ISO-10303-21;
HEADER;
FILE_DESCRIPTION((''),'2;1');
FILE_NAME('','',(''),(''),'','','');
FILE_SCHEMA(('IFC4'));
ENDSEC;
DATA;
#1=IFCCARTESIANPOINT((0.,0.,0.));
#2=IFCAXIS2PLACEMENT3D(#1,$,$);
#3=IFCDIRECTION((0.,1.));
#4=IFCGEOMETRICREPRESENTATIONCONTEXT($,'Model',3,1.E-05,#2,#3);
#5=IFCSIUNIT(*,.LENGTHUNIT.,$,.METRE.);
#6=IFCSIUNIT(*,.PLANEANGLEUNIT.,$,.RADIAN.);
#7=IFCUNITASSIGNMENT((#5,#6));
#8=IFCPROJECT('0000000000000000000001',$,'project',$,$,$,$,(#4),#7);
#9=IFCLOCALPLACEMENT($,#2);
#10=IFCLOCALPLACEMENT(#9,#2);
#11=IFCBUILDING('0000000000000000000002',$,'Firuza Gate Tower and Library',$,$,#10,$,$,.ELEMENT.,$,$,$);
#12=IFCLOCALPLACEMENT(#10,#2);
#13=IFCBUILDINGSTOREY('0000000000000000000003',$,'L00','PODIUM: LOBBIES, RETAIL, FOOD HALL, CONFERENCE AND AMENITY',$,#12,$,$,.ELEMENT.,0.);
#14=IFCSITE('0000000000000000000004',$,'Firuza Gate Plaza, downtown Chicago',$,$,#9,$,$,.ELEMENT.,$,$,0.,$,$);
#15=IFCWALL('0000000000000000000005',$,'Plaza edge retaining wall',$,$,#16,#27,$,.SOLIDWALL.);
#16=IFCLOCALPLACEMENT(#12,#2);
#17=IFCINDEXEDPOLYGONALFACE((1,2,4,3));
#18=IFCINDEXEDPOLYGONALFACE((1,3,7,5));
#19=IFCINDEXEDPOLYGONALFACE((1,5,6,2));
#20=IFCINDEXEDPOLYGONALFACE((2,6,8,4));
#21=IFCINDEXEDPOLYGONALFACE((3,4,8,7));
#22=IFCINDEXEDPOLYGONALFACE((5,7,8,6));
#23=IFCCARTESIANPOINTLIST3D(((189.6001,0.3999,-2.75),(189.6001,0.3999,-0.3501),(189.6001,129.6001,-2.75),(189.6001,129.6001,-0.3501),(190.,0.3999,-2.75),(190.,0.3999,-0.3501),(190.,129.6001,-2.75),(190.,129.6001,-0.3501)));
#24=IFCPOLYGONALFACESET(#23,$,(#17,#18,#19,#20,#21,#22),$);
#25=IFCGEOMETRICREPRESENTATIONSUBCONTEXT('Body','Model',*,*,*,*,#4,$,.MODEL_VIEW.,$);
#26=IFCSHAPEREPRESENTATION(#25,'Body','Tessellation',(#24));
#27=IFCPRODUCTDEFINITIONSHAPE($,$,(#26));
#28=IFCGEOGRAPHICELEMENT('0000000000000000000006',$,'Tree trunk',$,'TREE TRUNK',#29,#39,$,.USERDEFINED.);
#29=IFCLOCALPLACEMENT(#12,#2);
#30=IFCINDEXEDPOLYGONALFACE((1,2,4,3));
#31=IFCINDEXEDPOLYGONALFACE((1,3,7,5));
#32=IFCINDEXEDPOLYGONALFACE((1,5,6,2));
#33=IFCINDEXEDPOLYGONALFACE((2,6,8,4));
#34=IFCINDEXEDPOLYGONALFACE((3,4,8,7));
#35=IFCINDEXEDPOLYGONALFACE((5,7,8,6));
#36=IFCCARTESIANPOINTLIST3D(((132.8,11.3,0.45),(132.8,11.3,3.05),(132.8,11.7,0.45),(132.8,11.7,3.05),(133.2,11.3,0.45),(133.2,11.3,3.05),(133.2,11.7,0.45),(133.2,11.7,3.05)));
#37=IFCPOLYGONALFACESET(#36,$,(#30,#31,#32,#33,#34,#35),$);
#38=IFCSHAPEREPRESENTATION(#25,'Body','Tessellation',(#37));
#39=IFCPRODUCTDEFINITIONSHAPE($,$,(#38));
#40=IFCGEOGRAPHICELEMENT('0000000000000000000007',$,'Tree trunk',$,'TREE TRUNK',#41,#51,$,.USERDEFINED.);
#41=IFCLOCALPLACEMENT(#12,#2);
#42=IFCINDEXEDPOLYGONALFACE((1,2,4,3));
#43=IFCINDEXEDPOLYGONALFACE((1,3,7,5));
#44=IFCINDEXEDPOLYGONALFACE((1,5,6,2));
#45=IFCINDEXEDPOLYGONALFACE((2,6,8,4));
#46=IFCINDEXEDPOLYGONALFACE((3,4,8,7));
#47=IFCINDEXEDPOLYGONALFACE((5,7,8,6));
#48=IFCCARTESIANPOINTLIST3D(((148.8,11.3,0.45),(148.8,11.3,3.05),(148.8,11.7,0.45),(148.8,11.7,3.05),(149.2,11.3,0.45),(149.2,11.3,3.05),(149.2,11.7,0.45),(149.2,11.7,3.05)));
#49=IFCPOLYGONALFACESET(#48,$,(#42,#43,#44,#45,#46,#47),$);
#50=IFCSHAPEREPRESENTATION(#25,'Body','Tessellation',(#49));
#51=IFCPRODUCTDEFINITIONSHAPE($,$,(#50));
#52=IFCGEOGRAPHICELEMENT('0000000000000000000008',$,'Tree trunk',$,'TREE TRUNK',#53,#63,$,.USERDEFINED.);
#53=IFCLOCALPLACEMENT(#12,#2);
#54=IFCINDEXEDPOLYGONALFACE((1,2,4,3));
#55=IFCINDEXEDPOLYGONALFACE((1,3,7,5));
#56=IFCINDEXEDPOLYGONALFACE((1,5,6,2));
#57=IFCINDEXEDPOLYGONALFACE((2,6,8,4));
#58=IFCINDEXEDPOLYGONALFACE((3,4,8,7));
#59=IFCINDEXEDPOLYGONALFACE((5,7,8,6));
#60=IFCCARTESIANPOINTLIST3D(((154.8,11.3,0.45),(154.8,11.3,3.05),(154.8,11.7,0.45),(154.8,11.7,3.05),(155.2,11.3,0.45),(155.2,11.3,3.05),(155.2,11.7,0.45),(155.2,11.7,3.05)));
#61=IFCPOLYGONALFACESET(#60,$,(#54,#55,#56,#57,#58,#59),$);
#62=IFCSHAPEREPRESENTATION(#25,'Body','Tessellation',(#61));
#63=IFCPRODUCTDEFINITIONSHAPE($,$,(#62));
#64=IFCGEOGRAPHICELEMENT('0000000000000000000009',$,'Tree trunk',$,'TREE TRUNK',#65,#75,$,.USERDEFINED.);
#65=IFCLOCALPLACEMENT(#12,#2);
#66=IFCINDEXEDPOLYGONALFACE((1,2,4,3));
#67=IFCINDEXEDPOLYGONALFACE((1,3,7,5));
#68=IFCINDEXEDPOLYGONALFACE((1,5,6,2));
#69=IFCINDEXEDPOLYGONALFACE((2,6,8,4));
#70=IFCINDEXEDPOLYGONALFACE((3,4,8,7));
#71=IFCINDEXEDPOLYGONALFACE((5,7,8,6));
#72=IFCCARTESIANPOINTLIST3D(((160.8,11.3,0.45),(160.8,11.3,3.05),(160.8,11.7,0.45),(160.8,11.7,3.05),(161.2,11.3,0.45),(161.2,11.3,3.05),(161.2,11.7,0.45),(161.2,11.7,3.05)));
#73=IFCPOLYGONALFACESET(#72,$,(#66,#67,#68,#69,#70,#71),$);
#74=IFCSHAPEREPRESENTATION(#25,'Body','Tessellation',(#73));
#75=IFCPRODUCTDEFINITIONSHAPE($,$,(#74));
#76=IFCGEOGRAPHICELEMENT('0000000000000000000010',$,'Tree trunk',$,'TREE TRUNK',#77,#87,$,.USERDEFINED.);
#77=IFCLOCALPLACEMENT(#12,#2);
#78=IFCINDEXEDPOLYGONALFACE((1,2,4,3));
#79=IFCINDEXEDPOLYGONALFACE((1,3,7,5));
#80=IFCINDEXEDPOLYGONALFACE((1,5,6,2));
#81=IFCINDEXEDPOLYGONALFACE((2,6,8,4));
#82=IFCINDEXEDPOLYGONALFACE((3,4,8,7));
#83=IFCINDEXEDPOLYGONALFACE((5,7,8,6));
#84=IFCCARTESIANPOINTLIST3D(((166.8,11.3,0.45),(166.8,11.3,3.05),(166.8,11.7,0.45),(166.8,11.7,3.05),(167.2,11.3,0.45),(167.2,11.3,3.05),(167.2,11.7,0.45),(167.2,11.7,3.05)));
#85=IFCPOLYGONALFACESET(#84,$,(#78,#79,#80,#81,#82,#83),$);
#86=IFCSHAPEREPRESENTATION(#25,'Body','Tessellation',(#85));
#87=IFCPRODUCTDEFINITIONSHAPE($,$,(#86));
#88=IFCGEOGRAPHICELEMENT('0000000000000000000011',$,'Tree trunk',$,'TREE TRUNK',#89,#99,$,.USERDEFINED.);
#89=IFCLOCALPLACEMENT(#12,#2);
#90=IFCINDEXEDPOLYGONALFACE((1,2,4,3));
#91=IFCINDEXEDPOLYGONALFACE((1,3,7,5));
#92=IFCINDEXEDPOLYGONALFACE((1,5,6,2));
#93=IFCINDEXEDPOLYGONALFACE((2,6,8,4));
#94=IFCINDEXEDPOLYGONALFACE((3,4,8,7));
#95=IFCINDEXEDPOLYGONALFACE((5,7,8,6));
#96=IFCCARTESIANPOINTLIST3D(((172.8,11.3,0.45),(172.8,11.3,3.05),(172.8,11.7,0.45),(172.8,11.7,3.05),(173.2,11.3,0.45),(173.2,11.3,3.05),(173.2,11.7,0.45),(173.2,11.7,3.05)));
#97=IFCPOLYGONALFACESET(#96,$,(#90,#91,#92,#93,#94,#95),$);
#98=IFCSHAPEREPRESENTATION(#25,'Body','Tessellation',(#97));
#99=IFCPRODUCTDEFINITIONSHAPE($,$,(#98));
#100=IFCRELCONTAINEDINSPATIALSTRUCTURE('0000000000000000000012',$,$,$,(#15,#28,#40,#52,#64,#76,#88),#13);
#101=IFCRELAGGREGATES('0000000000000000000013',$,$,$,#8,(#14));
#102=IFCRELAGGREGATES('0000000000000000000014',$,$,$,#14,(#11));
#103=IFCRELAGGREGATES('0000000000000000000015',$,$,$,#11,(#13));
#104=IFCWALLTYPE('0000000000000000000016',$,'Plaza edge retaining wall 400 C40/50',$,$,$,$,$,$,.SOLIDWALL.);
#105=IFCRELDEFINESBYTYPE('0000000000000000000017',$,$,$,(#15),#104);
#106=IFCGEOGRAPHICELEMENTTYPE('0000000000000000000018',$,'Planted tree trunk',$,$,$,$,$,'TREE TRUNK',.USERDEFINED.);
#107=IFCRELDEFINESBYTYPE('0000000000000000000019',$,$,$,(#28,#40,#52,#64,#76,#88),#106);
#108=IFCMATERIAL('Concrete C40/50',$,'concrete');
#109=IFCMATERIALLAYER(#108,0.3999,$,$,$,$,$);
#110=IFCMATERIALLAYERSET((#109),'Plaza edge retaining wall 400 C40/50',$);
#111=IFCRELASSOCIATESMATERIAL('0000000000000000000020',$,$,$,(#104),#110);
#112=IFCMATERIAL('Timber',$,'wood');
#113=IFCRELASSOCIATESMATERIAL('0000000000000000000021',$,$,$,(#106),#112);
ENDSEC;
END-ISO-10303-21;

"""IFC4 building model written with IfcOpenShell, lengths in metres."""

from ifc_helpers import new_model, si_unit, direction, frame, frame_2d, origin, origin_2d, place, context, subcontext, project, spatial, rectangle, extrude, material, layer, layer_set, type_object, element, save


model = new_model("IFC4")

# Units and contexts
model_context = context("Model", 3, precision=1e-05, world=origin(), true_north=direction((0.0, 1.0)))
body_context = subcontext(model_context, "Body", "Model", "MODEL_VIEW")
ifc_project = project(units=[si_unit("LENGTHUNIT", "METRE"), si_unit("PLANEANGLEUNIT", "RADIAN")], contexts=[model_context])

# Site, building, storey
site_placement = place(None, origin())
site = spatial("IfcSite", under=ifc_project, at=site_placement, Name="Firuza Gate Plaza, downtown Chicago", CompositionType="ELEMENT", RefElevation=0.0)
building_placement = place(site_placement, origin())
building = spatial("IfcBuilding", under=site, at=building_placement, Name="Firuza Gate Tower and Library", CompositionType="ELEMENT")
storey_placement = place(building_placement, origin())
storey = spatial("IfcBuildingStorey", under=building, at=storey_placement, Name="L00", Description="PODIUM: LOBBIES, RETAIL, FOOD HALL, CONFERENCE AND AMENITY", CompositionType="ELEMENT", Elevation=0.0)

# Wall
ifc_material_1 = material(Name="Concrete C40/50", Category="concrete")
ifc_layer_1 = layer(ifc_material_1, 0.3999)
ifc_layer_set_1 = layer_set([ifc_layer_1], Name="Plaza edge retaining wall 400 C40/50")
wall_type_1 = type_object("IfcWallType", Name="Plaza edge retaining wall 400 C40/50", PredefinedType="SOLIDWALL", material=ifc_layer_set_1)
wall_placement = place(storey_placement, frame((189.8, 0.3999, -2.75), z_axis=(0.0, 0.0, 1.0), x_axis=(0.0, 1.0, 0.0)))
element("IfcWall", 1, at=wall_placement, inside=storey, type_object=wall_type_1, Name="Plaza edge retaining wall", PredefinedType="SOLIDWALL", context=body_context, shape_type="SweptSolid", body=[
    extrude(rectangle(XDim=129.2002, YDim=0.3999, at=frame_2d((64.6001, 0.0))), origin(), (0.0, 0.0, 1.0), 2.3999),
])

# Geographic elements
ifc_material_2 = material(Name="Timber", Category="wood")
geographic_element_type = type_object("IfcGeographicElementType", Name="Planted tree trunk", ElementType="TREE TRUNK", PredefinedType="USERDEFINED", material=ifc_material_2)
for number, where, z_axis, x_axis, name in (
    (2, (133.0, 11.5, 0.45), (0.0, 0.0, 1.0), (1.0, 0.0, 0.0), "Tree trunk"),
    (3, (149.0, 11.5, 0.45), (0.0, 0.0, 1.0), (1.0, 0.0, 0.0), "Tree trunk"),
    (4, (155.0, 11.5, 0.45), (0.0, 0.0, 1.0), (1.0, 0.0, 0.0), "Tree trunk"),
    (5, (161.0, 11.5, 0.45), (0.0, 0.0, 1.0), (1.0, 0.0, 0.0), "Tree trunk"),
    (6, (167.0, 11.5, 0.45), (0.0, 0.0, 1.0), (1.0, 0.0, 0.0), "Tree trunk"),
    (7, (173.0, 11.5, 0.45), (0.0, 0.0, 1.0), (1.0, 0.0, 0.0), "Tree trunk"),
):
    element("IfcGeographicElement", number, at=place(storey_placement, frame(where, z_axis=z_axis, x_axis=x_axis)), inside=storey, type_object=geographic_element_type, Name=name, ObjectType="TREE TRUNK", PredefinedType="USERDEFINED", context=body_context, shape_type="SweptSolid", body=[
        extrude(rectangle(XDim=0.3999, YDim=0.3999, at=origin_2d()), origin(), (0.0, 0.0, 1.0), 2.6001),
    ])

save(model, "model.ifc")
